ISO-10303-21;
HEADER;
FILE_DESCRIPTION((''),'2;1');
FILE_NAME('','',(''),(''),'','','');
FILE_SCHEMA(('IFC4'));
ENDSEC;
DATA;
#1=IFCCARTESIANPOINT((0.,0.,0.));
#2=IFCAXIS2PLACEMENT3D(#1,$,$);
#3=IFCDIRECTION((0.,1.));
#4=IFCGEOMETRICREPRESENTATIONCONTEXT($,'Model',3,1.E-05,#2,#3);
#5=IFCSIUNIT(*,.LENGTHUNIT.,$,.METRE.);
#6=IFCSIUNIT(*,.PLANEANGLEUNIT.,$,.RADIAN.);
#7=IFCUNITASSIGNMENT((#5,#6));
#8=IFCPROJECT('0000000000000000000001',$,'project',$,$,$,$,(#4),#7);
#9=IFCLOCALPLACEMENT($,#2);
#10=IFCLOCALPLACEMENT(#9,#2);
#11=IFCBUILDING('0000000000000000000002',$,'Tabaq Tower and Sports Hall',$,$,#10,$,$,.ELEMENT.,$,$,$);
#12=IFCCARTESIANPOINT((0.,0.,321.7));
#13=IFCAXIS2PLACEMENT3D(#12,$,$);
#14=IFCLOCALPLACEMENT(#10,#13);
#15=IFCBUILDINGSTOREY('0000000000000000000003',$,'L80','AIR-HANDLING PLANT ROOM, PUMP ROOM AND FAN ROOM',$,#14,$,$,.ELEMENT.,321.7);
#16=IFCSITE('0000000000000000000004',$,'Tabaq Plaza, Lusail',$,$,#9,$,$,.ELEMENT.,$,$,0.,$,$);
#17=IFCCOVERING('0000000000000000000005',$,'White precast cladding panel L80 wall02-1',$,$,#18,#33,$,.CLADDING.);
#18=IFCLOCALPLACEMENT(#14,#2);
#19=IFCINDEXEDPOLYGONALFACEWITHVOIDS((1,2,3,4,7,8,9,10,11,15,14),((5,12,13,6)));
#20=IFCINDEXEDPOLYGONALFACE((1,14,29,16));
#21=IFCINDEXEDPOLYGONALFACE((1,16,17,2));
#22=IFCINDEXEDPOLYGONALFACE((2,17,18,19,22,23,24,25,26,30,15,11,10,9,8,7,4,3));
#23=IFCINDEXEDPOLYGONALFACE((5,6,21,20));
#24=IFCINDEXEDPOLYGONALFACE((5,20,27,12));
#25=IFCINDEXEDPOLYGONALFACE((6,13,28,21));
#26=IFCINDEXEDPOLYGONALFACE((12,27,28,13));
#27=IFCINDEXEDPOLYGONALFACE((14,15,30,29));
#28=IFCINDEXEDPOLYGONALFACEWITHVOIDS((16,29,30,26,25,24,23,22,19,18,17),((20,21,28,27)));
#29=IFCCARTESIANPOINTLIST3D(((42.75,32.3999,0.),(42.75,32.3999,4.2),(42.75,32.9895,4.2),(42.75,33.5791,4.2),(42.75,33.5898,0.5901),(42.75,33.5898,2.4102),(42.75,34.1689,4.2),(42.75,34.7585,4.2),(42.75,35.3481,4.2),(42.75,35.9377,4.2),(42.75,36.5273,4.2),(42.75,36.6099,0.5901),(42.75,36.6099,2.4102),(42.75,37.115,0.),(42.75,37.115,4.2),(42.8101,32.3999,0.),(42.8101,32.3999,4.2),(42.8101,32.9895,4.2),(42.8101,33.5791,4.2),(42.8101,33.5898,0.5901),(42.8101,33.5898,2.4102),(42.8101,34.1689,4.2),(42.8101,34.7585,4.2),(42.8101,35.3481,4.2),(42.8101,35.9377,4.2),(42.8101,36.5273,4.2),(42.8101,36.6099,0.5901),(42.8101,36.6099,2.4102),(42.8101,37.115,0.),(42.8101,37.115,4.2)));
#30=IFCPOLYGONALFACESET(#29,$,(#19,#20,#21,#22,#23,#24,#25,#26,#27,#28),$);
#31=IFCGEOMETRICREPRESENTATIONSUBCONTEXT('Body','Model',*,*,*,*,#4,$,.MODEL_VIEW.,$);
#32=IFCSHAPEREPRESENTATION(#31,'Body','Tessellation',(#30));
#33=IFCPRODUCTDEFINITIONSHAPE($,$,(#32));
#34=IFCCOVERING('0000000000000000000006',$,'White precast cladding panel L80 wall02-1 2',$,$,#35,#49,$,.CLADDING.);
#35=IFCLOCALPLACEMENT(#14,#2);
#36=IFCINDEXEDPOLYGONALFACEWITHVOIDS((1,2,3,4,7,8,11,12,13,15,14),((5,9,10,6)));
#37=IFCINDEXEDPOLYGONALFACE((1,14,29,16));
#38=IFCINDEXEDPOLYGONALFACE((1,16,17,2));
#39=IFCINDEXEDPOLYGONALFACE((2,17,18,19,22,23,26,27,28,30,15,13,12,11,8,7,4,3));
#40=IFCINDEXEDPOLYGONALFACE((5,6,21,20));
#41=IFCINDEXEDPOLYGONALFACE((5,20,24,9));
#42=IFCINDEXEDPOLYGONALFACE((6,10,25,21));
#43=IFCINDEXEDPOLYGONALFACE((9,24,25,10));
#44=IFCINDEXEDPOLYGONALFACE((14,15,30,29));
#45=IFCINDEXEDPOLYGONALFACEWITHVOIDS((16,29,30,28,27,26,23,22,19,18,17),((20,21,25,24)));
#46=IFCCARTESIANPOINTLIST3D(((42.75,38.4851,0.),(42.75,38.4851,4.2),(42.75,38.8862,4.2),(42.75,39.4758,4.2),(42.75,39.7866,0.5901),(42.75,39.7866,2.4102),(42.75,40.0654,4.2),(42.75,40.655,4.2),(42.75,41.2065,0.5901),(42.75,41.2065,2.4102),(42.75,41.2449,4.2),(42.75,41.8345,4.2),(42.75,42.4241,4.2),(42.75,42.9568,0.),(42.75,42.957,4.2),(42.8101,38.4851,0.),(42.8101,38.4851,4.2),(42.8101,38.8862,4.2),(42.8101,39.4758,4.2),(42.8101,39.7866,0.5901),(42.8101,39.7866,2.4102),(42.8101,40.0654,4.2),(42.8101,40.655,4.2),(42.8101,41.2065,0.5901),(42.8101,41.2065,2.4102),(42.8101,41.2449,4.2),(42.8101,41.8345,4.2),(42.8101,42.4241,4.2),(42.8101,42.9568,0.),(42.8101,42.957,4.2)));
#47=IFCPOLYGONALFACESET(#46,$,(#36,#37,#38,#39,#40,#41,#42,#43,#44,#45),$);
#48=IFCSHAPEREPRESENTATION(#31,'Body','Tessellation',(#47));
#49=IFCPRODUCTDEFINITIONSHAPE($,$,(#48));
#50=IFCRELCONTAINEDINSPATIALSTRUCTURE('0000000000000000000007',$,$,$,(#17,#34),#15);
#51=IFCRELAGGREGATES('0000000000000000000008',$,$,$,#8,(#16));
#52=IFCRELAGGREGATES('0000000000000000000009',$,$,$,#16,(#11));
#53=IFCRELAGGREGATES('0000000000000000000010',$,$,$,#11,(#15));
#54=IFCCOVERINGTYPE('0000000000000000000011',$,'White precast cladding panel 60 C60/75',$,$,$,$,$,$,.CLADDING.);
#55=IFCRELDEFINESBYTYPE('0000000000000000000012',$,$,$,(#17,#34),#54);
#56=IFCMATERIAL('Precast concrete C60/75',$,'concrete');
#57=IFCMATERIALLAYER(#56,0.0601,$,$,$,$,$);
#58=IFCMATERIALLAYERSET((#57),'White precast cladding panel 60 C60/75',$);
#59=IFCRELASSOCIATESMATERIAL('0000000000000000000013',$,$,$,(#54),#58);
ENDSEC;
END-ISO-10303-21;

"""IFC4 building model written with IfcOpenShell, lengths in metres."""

from ifc_helpers import new_model, si_unit, direction, frame, origin, place, context, subcontext, project, spatial, polyline, outline, extrude, material, layer, layer_set, type_object, element, save


model = new_model("IFC4")

# Units and contexts
model_context = context("Model", 3, precision=1e-05, world=origin(), true_north=direction((0.0, 1.0)))
body_context = subcontext(model_context, "Body", "Model", "MODEL_VIEW")
ifc_project = project(units=[si_unit("LENGTHUNIT", "METRE"), si_unit("PLANEANGLEUNIT", "RADIAN")], contexts=[model_context])

# Site, building, storey
site_placement = place(None, origin())
site = spatial("IfcSite", under=ifc_project, at=site_placement, Name="Tabaq Plaza, Lusail", CompositionType="ELEMENT", RefElevation=0.0)
building_placement = place(site_placement, origin())
building = spatial("IfcBuilding", under=site, at=building_placement, Name="Tabaq Tower and Sports Hall", CompositionType="ELEMENT")
storey_placement = place(building_placement, frame((0.0, 0.0, 321.7)))
storey = spatial("IfcBuildingStorey", under=building, at=storey_placement, Name="L80", Description="AIR-HANDLING PLANT ROOM, PUMP ROOM AND FAN ROOM", CompositionType="ELEMENT", Elevation=321.7)

# Coverings
ifc_material_1 = material(Name="Precast concrete C60/75", Category="concrete")
ifc_layer_1 = layer(ifc_material_1, 0.0601)
ifc_layer_set_1 = layer_set([ifc_layer_1], Name="White precast cladding panel 60 C60/75")
covering_type = type_object("IfcCoveringType", Name="White precast cladding panel 60 C60/75", PredefinedType="CLADDING", material=ifc_layer_set_1)
covering_1_placement = place(storey_placement, frame((42.78, 32.3999, 0.0), z_axis=(0.0, 0.0, 1.0), x_axis=(0.0, 1.0, 0.0)))
element("IfcCovering", 1, at=covering_1_placement, inside=storey, type_object=covering_type, Name="White precast cladding panel L80 wall02-1", PredefinedType="CLADDING", context=body_context, shape_type="SweptSolid", body=[
    extrude(outline(polyline([(0.0, 0.0), (4.7151, 0.0), (4.7151, 4.2), (4.1274, 4.2), (3.5378, 4.2), (2.9482, 4.2), (2.3586, 4.2), (1.769, 4.2), (1.1792, 4.2), (0.5896, 4.2), (0.0, 4.2), (0.0, 0.0)]), holes=[polyline([(1.1899, 0.5901), (1.1899, 2.4102), (4.21, 2.4102), (4.21, 0.5901), (1.1899, 0.5901)])]), frame((0.0, 0.03, 0.0), z_axis=(0.0, -1.0, 0.0), x_axis=(1.0, 0.0, 0.0)), (0.0, 0.0, 1.0), 0.0601),
])
covering_2_placement = place(storey_placement, frame((42.78, 38.4851, 0.0), z_axis=(0.0, 0.0, 1.0), x_axis=(0.0, 1.0, 0.0)))
element("IfcCovering", 2, at=covering_2_placement, inside=storey, type_object=covering_type, Name="White precast cladding panel L80 wall02-1 2", PredefinedType="CLADDING", context=body_context, shape_type="SweptSolid", body=[
    extrude(outline(polyline([(0.0, 0.0), (4.4717, 0.0), (4.4719, 4.2), (3.939, 4.2), (3.3494, 4.2), (2.7598, 4.2), (2.1699, 4.2), (1.5803, 4.2), (0.9907, 4.2), (0.4011, 4.2), (0.0, 4.2), (0.0, 0.0)]), holes=[polyline([(1.3015, 0.5901), (1.3015, 2.4102), (2.7214, 2.4102), (2.7214, 0.5901), (1.3015, 0.5901)])]), frame((0.0, 0.03, 0.0), z_axis=(0.0, -1.0, 0.0), x_axis=(1.0, 0.0, 0.0)), (0.0, 0.0, 1.0), 0.0601),
])

save(model, "model.ifc")
